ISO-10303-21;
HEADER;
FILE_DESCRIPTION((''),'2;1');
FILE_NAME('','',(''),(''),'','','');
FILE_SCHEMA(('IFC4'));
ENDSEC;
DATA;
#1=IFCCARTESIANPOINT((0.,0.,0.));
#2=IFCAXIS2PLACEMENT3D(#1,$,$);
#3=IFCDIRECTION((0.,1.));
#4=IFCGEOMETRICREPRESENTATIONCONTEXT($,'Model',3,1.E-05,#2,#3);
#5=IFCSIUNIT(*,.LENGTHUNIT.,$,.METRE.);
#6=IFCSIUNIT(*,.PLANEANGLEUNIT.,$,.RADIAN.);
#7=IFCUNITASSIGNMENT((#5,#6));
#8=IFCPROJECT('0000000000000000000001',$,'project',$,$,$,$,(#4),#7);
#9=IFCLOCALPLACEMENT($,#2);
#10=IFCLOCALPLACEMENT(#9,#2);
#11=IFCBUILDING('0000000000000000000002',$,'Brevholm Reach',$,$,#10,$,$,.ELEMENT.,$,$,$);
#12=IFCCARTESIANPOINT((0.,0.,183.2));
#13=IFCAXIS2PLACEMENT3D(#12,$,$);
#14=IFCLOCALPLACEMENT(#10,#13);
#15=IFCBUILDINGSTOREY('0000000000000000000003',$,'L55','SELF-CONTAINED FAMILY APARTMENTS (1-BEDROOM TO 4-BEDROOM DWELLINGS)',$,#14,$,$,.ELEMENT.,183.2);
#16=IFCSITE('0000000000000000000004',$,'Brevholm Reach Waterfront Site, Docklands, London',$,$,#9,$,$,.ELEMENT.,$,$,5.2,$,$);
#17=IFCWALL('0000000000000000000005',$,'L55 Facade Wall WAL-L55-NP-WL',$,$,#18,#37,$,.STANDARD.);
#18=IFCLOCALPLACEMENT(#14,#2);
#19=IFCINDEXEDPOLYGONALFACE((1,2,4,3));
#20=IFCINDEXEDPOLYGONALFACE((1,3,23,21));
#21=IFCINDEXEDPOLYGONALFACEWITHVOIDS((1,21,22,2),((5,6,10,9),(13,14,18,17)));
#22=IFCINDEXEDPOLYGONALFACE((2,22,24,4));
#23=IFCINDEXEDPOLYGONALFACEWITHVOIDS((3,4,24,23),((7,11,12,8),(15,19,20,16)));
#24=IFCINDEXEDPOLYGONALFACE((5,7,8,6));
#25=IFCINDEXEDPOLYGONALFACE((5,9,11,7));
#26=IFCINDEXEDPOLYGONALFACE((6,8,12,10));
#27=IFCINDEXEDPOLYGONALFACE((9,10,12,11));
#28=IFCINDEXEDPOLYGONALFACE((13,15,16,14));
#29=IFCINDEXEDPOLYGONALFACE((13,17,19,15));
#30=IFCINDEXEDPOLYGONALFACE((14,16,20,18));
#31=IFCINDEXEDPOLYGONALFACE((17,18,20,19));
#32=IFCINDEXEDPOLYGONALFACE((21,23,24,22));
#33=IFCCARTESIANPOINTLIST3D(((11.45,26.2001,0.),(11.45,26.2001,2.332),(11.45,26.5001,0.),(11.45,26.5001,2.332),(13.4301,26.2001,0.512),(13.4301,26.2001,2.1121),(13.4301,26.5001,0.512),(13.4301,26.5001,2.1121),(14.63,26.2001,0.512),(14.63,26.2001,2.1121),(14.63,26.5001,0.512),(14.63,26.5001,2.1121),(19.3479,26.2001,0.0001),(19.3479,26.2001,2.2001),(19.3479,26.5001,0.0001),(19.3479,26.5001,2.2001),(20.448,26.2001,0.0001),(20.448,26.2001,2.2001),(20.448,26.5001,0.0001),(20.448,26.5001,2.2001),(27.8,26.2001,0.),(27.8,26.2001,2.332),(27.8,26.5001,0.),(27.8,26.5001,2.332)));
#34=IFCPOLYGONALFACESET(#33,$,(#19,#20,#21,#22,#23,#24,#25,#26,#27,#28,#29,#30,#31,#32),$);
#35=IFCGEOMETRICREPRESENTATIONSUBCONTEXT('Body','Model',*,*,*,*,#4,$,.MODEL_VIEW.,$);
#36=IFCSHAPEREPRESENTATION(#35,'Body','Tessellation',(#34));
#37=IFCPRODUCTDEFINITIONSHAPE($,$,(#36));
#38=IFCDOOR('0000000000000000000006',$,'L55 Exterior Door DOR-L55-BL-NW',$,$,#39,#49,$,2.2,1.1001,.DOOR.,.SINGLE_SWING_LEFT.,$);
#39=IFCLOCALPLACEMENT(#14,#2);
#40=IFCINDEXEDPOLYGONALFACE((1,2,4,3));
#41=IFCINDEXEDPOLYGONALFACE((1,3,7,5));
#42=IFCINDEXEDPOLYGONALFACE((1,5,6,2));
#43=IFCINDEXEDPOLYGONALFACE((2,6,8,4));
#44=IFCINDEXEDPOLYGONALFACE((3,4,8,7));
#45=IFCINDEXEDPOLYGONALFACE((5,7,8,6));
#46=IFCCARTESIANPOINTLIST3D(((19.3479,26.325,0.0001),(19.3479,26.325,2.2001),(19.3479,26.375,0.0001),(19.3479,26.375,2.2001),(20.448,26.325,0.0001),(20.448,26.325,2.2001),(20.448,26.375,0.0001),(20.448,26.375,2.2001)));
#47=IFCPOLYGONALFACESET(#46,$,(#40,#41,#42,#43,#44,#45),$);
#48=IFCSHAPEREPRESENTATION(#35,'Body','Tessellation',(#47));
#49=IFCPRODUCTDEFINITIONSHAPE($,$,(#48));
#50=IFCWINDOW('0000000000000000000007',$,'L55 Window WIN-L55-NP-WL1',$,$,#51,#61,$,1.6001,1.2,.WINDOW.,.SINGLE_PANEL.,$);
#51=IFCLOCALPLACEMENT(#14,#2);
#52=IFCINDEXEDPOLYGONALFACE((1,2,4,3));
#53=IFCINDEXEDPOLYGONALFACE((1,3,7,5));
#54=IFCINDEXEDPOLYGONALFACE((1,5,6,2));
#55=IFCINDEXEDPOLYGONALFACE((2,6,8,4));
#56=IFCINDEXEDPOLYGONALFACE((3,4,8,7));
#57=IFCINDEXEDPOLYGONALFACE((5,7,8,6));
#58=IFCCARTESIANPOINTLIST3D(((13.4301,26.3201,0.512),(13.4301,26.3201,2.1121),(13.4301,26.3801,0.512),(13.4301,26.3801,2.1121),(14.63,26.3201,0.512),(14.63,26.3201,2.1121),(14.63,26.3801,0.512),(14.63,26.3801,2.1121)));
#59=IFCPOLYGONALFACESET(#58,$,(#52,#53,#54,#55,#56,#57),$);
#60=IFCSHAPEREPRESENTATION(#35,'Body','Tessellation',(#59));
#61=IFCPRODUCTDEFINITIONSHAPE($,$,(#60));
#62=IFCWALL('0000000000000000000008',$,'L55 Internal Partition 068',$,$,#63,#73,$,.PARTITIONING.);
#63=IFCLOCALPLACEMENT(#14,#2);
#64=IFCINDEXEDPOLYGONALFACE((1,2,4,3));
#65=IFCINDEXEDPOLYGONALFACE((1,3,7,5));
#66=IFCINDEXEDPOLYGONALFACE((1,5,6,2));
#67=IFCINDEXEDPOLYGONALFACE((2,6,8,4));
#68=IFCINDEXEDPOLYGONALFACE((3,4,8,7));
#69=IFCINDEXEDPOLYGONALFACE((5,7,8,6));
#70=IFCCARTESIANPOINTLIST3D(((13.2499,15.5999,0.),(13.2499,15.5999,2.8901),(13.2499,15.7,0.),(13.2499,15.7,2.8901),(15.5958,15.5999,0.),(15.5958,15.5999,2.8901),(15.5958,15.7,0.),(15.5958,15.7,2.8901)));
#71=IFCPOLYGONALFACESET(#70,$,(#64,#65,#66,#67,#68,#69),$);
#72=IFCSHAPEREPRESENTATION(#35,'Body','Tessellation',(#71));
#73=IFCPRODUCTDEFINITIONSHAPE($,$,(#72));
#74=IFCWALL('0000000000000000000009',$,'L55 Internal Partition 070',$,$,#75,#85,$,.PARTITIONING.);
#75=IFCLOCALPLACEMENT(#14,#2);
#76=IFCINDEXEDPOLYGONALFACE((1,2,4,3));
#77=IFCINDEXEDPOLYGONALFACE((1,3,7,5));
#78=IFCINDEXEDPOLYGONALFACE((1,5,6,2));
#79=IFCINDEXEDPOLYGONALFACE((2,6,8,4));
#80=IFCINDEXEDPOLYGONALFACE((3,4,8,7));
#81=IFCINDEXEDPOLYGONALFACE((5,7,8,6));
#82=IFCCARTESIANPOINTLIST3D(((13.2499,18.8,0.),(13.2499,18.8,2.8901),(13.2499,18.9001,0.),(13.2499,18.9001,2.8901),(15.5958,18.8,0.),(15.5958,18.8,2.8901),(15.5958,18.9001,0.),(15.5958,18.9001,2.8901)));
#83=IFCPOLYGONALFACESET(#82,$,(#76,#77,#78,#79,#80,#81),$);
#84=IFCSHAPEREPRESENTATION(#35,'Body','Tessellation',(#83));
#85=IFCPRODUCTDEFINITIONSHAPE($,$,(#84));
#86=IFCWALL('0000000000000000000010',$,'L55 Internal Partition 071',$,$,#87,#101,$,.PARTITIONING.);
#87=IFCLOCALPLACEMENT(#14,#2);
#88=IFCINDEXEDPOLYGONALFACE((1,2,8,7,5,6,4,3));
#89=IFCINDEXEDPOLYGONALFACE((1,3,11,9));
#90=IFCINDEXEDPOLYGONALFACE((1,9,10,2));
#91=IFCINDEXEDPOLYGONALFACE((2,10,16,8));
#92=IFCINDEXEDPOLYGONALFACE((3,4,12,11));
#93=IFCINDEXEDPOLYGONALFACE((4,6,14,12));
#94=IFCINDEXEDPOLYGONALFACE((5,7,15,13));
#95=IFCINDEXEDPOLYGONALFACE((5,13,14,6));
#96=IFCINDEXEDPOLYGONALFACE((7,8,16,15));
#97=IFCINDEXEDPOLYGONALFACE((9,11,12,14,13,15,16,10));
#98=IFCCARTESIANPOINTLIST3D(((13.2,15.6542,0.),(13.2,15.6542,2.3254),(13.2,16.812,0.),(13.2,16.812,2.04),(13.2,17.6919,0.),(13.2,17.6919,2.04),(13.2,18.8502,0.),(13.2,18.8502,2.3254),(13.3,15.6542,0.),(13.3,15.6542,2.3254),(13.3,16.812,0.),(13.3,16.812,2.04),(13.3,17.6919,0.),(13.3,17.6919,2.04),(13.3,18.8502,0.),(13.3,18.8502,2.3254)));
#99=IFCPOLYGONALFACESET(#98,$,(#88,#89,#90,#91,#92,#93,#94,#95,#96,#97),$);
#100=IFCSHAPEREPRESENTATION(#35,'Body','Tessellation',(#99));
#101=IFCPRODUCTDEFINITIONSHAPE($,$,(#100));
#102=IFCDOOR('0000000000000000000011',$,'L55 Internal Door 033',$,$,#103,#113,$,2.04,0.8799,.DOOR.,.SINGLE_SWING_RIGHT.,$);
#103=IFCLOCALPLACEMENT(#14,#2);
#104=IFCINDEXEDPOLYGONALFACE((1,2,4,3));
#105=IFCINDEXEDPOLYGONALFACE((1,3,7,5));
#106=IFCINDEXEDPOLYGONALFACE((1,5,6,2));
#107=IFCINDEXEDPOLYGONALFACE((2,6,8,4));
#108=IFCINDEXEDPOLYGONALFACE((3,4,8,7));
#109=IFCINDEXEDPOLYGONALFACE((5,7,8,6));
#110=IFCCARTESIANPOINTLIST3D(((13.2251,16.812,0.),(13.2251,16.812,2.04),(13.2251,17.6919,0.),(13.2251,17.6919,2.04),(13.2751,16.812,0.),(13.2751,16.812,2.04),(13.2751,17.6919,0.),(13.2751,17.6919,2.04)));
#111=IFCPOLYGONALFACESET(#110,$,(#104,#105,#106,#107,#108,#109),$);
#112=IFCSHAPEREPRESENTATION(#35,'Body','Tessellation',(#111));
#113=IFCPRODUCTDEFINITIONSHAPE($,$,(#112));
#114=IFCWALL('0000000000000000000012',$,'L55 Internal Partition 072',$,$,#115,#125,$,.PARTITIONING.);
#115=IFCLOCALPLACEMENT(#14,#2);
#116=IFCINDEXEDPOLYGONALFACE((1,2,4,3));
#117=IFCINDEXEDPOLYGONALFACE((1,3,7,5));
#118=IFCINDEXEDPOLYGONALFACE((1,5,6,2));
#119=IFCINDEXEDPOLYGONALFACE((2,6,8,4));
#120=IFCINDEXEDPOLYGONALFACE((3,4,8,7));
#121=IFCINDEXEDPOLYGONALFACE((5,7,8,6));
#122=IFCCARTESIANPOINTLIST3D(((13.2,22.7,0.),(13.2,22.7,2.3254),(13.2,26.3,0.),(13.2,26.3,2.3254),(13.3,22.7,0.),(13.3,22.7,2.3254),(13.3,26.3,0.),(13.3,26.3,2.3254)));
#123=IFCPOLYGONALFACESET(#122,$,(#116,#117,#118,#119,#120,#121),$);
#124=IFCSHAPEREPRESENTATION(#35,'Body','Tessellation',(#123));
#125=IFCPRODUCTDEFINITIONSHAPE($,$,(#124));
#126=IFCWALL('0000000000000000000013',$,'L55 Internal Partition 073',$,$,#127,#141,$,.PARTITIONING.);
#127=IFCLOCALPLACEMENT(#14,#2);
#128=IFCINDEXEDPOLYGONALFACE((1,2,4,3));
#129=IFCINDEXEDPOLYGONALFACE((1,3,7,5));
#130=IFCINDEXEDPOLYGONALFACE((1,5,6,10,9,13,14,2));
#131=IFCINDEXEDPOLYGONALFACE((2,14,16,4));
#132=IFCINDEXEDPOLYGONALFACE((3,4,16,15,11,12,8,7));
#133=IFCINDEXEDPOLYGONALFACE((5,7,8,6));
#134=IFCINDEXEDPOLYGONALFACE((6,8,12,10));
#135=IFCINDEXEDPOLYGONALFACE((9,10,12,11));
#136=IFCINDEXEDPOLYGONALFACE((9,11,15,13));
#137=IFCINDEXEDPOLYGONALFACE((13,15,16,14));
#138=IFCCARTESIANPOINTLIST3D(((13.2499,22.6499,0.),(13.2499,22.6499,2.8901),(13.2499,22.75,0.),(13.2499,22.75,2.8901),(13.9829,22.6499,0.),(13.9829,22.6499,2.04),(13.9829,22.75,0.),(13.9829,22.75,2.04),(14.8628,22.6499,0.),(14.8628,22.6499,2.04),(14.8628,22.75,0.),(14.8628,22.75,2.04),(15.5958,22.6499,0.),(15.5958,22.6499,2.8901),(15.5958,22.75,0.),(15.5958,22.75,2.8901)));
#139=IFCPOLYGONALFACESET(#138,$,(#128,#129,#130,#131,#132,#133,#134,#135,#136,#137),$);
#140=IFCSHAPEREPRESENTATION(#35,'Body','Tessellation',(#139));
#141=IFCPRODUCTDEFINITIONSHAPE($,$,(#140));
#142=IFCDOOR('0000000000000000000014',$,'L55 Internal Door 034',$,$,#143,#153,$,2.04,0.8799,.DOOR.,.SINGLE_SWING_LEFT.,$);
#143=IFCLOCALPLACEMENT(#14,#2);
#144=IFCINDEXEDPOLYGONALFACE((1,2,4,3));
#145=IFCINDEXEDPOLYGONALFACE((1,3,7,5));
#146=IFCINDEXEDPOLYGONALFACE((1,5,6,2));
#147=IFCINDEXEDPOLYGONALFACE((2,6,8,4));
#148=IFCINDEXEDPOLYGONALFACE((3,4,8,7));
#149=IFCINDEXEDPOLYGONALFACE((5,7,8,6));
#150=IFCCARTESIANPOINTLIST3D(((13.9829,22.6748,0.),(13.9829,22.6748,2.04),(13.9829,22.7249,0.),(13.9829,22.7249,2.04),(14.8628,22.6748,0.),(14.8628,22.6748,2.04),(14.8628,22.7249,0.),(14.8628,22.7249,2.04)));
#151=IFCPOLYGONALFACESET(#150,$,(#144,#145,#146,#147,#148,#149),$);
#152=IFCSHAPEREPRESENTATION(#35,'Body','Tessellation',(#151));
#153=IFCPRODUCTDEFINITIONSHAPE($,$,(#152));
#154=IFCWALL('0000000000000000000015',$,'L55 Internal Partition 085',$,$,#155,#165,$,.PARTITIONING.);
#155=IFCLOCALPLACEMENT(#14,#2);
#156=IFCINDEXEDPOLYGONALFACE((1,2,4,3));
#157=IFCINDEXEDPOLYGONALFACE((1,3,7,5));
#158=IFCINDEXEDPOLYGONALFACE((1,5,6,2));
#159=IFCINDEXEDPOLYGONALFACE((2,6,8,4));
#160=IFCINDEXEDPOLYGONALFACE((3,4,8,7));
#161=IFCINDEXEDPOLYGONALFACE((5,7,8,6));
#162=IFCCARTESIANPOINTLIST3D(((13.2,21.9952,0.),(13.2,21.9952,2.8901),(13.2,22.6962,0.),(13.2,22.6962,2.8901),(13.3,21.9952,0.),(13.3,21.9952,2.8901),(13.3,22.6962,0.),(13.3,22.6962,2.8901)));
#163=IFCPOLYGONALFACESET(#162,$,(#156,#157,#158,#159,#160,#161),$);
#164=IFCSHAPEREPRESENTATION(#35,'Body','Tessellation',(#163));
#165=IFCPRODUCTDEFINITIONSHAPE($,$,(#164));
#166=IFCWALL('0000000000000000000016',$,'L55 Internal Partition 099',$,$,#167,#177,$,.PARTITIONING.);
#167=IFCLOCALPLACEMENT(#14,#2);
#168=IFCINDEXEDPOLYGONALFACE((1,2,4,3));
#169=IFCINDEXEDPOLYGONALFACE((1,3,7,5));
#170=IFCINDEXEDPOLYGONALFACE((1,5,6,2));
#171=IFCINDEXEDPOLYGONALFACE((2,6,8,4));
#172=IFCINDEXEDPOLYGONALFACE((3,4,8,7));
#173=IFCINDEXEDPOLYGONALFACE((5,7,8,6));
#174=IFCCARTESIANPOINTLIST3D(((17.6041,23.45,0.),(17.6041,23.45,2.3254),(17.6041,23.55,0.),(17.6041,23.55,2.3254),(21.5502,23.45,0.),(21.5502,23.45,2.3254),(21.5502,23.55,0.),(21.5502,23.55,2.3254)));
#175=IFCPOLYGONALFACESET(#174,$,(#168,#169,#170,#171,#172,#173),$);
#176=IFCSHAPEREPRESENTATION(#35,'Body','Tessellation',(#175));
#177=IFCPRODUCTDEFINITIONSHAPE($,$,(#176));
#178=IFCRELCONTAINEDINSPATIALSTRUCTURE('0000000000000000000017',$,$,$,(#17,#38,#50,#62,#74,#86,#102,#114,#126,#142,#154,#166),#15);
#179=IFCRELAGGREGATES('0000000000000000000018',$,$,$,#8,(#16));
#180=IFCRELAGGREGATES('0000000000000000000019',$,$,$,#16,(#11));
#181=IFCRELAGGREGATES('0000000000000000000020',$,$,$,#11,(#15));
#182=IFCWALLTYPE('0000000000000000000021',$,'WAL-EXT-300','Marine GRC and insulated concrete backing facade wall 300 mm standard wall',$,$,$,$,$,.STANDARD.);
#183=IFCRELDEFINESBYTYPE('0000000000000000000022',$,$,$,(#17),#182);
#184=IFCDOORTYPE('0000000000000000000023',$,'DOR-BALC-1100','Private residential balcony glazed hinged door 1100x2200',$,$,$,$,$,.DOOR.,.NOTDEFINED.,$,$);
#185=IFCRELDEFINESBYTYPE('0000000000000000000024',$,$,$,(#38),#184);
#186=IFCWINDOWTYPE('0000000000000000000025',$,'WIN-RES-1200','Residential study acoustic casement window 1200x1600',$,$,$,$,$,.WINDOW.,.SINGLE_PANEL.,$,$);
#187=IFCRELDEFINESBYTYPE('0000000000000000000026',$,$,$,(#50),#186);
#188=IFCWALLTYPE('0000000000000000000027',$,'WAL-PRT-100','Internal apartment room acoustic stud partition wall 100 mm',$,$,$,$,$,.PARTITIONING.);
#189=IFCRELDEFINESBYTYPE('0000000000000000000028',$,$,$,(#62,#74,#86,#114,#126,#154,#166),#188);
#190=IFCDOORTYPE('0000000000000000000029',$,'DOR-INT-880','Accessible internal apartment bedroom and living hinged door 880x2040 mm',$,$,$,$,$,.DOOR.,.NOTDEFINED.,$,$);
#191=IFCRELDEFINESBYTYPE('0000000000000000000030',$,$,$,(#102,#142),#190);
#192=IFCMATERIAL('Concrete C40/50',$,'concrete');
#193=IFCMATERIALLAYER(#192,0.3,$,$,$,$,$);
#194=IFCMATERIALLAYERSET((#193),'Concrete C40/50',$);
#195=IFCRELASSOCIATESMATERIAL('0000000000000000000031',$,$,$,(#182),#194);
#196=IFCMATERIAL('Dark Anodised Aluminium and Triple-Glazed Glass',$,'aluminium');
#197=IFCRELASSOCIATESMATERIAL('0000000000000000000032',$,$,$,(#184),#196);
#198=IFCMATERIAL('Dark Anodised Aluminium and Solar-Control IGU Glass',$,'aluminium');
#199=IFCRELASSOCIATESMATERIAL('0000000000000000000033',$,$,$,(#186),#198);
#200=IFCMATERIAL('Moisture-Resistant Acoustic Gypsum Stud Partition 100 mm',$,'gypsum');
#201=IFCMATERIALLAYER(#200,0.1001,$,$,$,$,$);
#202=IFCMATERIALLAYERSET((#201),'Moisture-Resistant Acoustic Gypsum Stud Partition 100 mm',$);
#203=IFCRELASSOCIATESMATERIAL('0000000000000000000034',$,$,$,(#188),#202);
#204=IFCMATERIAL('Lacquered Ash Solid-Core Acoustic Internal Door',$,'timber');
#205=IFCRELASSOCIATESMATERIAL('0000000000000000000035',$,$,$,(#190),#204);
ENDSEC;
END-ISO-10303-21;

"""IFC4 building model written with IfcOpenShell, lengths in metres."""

from ifc_helpers import new_model, si_unit, direction, frame, frame_2d, origin, place, context, subcontext, project, spatial, rectangle, extrude, material, layer, layer_set, type_object, element, fill, save


model = new_model("IFC4")

# Units and contexts
model_context = context("Model", 3, precision=1e-05, world=origin(), true_north=direction((0.0, 1.0)))
body_context = subcontext(model_context, "Body", "Model", "MODEL_VIEW")
ifc_project = project(units=[si_unit("LENGTHUNIT", "METRE"), si_unit("PLANEANGLEUNIT", "RADIAN")], contexts=[model_context])

# Site, building, storey
site_placement = place(None, origin())
site = spatial("IfcSite", under=ifc_project, at=site_placement, Name="Brevholm Reach Waterfront Site, Docklands, London", CompositionType="ELEMENT", RefElevation=5.2)
building_placement = place(site_placement, origin())
building = spatial("IfcBuilding", under=site, at=building_placement, Name="Brevholm Reach", CompositionType="ELEMENT")
storey_placement = place(building_placement, frame((0.0, 0.0, 183.2)))
storey = spatial("IfcBuildingStorey", under=building, at=storey_placement, Name="L55", Description="SELF-CONTAINED FAMILY APARTMENTS (1-BEDROOM TO 4-BEDROOM DWELLINGS)", CompositionType="ELEMENT", Elevation=183.2)

# Wall, openings, door, window
ifc_material_1 = material(Name="Concrete C40/50", Category="concrete")
ifc_layer_1 = layer(ifc_material_1, 0.3)
ifc_layer_set_1 = layer_set([ifc_layer_1], Name="Concrete C40/50")
wall_type_1 = type_object("IfcWallType", Name="WAL-EXT-300", Description="Marine GRC and insulated concrete backing facade wall 300 mm standard wall", PredefinedType="STANDARD", material=ifc_layer_set_1)
wall_1_placement = place(storey_placement, frame((11.45, 26.3501, 0.0), z_axis=(0.0, 0.0, 1.0), x_axis=(1.0, 0.0, 0.0)))
wall_1 = element("IfcWall", 1, at=wall_1_placement, inside=storey, type_object=wall_type_1, Name="L55 Facade Wall WAL-L55-NP-WL", PredefinedType="STANDARD", context=body_context, shape_type="SweptSolid", body=[
    extrude(rectangle(XDim=16.3501, YDim=0.3, at=frame_2d((8.175, 0.0))), origin(), (0.0, 0.0, 1.0), 2.332),
])
opening_1_placement = place(wall_1_placement, frame((7.8979, 0.0, 0.0)))
opening_1 = element("IfcOpeningElement", 2, at=opening_1_placement, cuts=wall_1, PredefinedType="OPENING", context=body_context, shape_type="SweptSolid", body=[
    extrude(rectangle(XDim=1.1001, YDim=2.2, at=frame_2d((0.55, 1.1001))), frame((0.0, 0.1599, 0.0), z_axis=(0.0, -1.0, 0.0), x_axis=(1.0, 0.0, 0.0)), (0.0, 0.0, 1.0), 0.3201),
])
opening_2_placement = place(wall_1_placement, frame((1.98, 0.0, 0.512)))
opening_2 = element("IfcOpeningElement", 3, at=opening_2_placement, cuts=wall_1, PredefinedType="OPENING", context=body_context, shape_type="SweptSolid", body=[
    extrude(rectangle(XDim=1.2, YDim=1.6001, at=frame_2d((0.6001, 0.8))), frame((0.0, 0.1599, 0.0), z_axis=(0.0, -1.0, 0.0), x_axis=(1.0, 0.0, 0.0)), (0.0, 0.0, 1.0), 0.3201),
])
ifc_material_2 = material(Name="Dark Anodised Aluminium and Triple-Glazed Glass", Category="aluminium")
door_type_1 = type_object("IfcDoorType", Name="DOR-BALC-1100", Description="Private residential balcony glazed hinged door 1100x2200", OperationType="NOTDEFINED", PredefinedType="DOOR", material=ifc_material_2)
door_1_placement = place(opening_1_placement, origin())
door_1 = element("IfcDoor", 4, at=door_1_placement, inside=storey, type_object=door_type_1, Name="L55 Exterior Door DOR-L55-BL-NW", OperationType="SINGLE_SWING_LEFT", OverallHeight=2.2, OverallWidth=1.1001, PredefinedType="DOOR", context=body_context, shape_type="SweptSolid", body=[
    extrude(rectangle(XDim=1.1001, YDim=2.2, at=frame_2d((0.55, 1.1001))), frame((0.0, 0.0249, 0.0), z_axis=(0.0, -1.0, 0.0), x_axis=(1.0, 0.0, 0.0)), (0.0, 0.0, 1.0), 0.05),
])
fill(opening_1, door_1)
ifc_material_3 = material(Name="Dark Anodised Aluminium and Solar-Control IGU Glass", Category="aluminium")
window_type = type_object("IfcWindowType", Name="WIN-RES-1200", Description="Residential study acoustic casement window 1200x1600", PartitioningType="SINGLE_PANEL", PredefinedType="WINDOW", material=ifc_material_3)
window_placement = place(opening_2_placement, origin())
window = element("IfcWindow", 5, at=window_placement, inside=storey, type_object=window_type, Name="L55 Window WIN-L55-NP-WL1", OverallHeight=1.6001, OverallWidth=1.2, PartitioningType="SINGLE_PANEL", PredefinedType="WINDOW", context=body_context, shape_type="SweptSolid", body=[
    extrude(rectangle(XDim=1.2, YDim=1.6001, at=frame_2d((0.6001, 0.8))), frame((0.0, 0.03, 0.0), z_axis=(0.0, -1.0, 0.0), x_axis=(1.0, 0.0, 0.0)), (0.0, 0.0, 1.0), 0.0601),
])
fill(opening_2, window)

# Walls
ifc_material_4 = material(Name="Moisture-Resistant Acoustic Gypsum Stud Partition 100 mm", Category="gypsum")
ifc_layer_2 = layer(ifc_material_4, 0.1001)
ifc_layer_set_2 = layer_set([ifc_layer_2], Name="Moisture-Resistant Acoustic Gypsum Stud Partition 100 mm")
wall_type_2 = type_object("IfcWallType", Name="WAL-PRT-100", Description="Internal apartment room acoustic stud partition wall 100 mm", PredefinedType="PARTITIONING", material=ifc_layer_set_2)
for number, where, z_axis, x_axis, name in (
    (6, (13.25, 15.6499, 0.0), (0.0, 0.0, 1.0), (1.0, 0.0, 0.0), "L55 Internal Partition 068"),
    (7, (13.25, 18.8501, 0.0), (0.0, 0.0, 1.0), (1.0, 0.0, 0.0), "L55 Internal Partition 070"),
):
    element("IfcWall", number, at=place(storey_placement, frame(where, z_axis=z_axis, x_axis=x_axis)), inside=storey, type_object=wall_type_2, Name=name, PredefinedType="PARTITIONING", context=body_context, shape_type="SweptSolid", body=[
        extrude(rectangle(XDim=2.3459, YDim=0.1001, at=frame_2d((1.1729, 0.0))), origin(), (0.0, 0.0, 1.0), 2.8901),
    ])

# Wall, opening, door
wall_2_placement = place(storey_placement, frame((13.25, 15.6541, 0.0), z_axis=(0.0, 0.0, 1.0), x_axis=(0.0, 1.0, 0.0)))
wall_2 = element("IfcWall", 8, at=wall_2_placement, inside=storey, type_object=wall_type_2, Name="L55 Internal Partition 071", PredefinedType="PARTITIONING", context=body_context, shape_type="SweptSolid", body=[
    extrude(rectangle(XDim=3.196, YDim=0.1001, at=frame_2d((1.5981, 0.0))), origin(), (0.0, 0.0, 1.0), 2.3254),
])
opening_3_placement = place(wall_2_placement, frame((1.158, 0.0, 0.0)))
opening_3 = element("IfcOpeningElement", 9, at=opening_3_placement, cuts=wall_2, PredefinedType="OPENING", context=body_context, shape_type="SweptSolid", body=[
    extrude(rectangle(XDim=0.8799, YDim=2.04, at=frame_2d((0.4399, 1.02))), frame((0.0, 0.0601, 0.0), z_axis=(0.0, -1.0, 0.0), x_axis=(1.0, 0.0, 0.0)), (0.0, 0.0, 1.0), 0.1201),
])
ifc_material_5 = material(Name="Lacquered Ash Solid-Core Acoustic Internal Door", Category="timber")
door_type_2 = type_object("IfcDoorType", Name="DOR-INT-880", Description="Accessible internal apartment bedroom and living hinged door 880x2040 mm", OperationType="NOTDEFINED", PredefinedType="DOOR", material=ifc_material_5)
door_2_placement = place(opening_3_placement, origin())
door_2 = element("IfcDoor", 10, at=door_2_placement, inside=storey, type_object=door_type_2, Name="L55 Internal Door 033", OperationType="SINGLE_SWING_RIGHT", OverallHeight=2.04, OverallWidth=0.8799, PredefinedType="DOOR", context=body_context, shape_type="SweptSolid", body=[
    extrude(rectangle(XDim=0.8799, YDim=2.04, at=frame_2d((0.4399, 1.02))), frame((0.0, 0.0249, 0.0), z_axis=(0.0, -1.0, 0.0), x_axis=(1.0, 0.0, 0.0)), (0.0, 0.0, 1.0), 0.05),
])
fill(opening_3, door_2)

# Wall
wall_3_placement = place(storey_placement, frame((13.25, 22.7, 0.0), z_axis=(0.0, 0.0, 1.0), x_axis=(0.0, 1.0, 0.0)))
element("IfcWall", 11, at=wall_3_placement, inside=storey, type_object=wall_type_2, Name="L55 Internal Partition 072", PredefinedType="PARTITIONING", context=body_context, shape_type="SweptSolid", body=[
    extrude(rectangle(XDim=3.6001, YDim=0.1001, at=frame_2d((1.8, 0.0))), origin(), (0.0, 0.0, 1.0), 2.3254),
])

# Wall, opening, door
wall_4_placement = place(storey_placement, frame((13.25, 22.7, 0.0), z_axis=(0.0, 0.0, 1.0), x_axis=(1.0, 0.0, 0.0)))
wall_4 = element("IfcWall", 12, at=wall_4_placement, inside=storey, type_object=wall_type_2, Name="L55 Internal Partition 073", PredefinedType="PARTITIONING", context=body_context, shape_type="SweptSolid", body=[
    extrude(rectangle(XDim=2.3459, YDim=0.1001, at=frame_2d((1.1729, 0.0))), origin(), (0.0, 0.0, 1.0), 2.8901),
])
opening_4_placement = place(wall_4_placement, frame((0.7329, 0.0, 0.0)))
opening_4 = element("IfcOpeningElement", 13, at=opening_4_placement, cuts=wall_4, PredefinedType="OPENING", context=body_context, shape_type="SweptSolid", body=[
    extrude(rectangle(XDim=0.8799, YDim=2.04, at=frame_2d((0.4399, 1.02))), frame((0.0, 0.0601, 0.0), z_axis=(0.0, -1.0, 0.0), x_axis=(1.0, 0.0, 0.0)), (0.0, 0.0, 1.0), 0.1201),
])
door_3_placement = place(opening_4_placement, origin())
door_3 = element("IfcDoor", 14, at=door_3_placement, inside=storey, type_object=door_type_2, Name="L55 Internal Door 034", OperationType="SINGLE_SWING_LEFT", OverallHeight=2.04, OverallWidth=0.8799, PredefinedType="DOOR", context=body_context, shape_type="SweptSolid", body=[
    extrude(rectangle(XDim=0.8799, YDim=2.04, at=frame_2d((0.4399, 1.02))), frame((0.0, 0.0249, 0.0), z_axis=(0.0, -1.0, 0.0), x_axis=(1.0, 0.0, 0.0)), (0.0, 0.0, 1.0), 0.05),
])
fill(opening_4, door_3)

# Walls
wall_5_placement = place(storey_placement, frame((13.25, 21.9951, 0.0), z_axis=(0.0, 0.0, 1.0), x_axis=(0.0, 1.0, 0.0)))
element("IfcWall", 15, at=wall_5_placement, inside=storey, type_object=wall_type_2, Name="L55 Internal Partition 085", PredefinedType="PARTITIONING", context=body_context, shape_type="SweptSolid", body=[
    extrude(rectangle(XDim=0.7009, YDim=0.1001, at=frame_2d((0.3506, 0.0))), origin(), (0.0, 0.0, 1.0), 2.8901),
])
wall_6_placement = place(storey_placement, frame((17.604, 23.5, 0.0), z_axis=(0.0, 0.0, 1.0), x_axis=(1.0, 0.0, 0.0)))
element("IfcWall", 16, at=wall_6_placement, inside=storey, type_object=wall_type_2, Name="L55 Internal Partition 099", PredefinedType="PARTITIONING", context=body_context, shape_type="SweptSolid", body=[
    extrude(rectangle(XDim=3.946, YDim=0.1001, at=frame_2d((1.9731, 0.0))), origin(), (0.0, 0.0, 1.0), 2.3254),
])

save(model, "model.ifc")
